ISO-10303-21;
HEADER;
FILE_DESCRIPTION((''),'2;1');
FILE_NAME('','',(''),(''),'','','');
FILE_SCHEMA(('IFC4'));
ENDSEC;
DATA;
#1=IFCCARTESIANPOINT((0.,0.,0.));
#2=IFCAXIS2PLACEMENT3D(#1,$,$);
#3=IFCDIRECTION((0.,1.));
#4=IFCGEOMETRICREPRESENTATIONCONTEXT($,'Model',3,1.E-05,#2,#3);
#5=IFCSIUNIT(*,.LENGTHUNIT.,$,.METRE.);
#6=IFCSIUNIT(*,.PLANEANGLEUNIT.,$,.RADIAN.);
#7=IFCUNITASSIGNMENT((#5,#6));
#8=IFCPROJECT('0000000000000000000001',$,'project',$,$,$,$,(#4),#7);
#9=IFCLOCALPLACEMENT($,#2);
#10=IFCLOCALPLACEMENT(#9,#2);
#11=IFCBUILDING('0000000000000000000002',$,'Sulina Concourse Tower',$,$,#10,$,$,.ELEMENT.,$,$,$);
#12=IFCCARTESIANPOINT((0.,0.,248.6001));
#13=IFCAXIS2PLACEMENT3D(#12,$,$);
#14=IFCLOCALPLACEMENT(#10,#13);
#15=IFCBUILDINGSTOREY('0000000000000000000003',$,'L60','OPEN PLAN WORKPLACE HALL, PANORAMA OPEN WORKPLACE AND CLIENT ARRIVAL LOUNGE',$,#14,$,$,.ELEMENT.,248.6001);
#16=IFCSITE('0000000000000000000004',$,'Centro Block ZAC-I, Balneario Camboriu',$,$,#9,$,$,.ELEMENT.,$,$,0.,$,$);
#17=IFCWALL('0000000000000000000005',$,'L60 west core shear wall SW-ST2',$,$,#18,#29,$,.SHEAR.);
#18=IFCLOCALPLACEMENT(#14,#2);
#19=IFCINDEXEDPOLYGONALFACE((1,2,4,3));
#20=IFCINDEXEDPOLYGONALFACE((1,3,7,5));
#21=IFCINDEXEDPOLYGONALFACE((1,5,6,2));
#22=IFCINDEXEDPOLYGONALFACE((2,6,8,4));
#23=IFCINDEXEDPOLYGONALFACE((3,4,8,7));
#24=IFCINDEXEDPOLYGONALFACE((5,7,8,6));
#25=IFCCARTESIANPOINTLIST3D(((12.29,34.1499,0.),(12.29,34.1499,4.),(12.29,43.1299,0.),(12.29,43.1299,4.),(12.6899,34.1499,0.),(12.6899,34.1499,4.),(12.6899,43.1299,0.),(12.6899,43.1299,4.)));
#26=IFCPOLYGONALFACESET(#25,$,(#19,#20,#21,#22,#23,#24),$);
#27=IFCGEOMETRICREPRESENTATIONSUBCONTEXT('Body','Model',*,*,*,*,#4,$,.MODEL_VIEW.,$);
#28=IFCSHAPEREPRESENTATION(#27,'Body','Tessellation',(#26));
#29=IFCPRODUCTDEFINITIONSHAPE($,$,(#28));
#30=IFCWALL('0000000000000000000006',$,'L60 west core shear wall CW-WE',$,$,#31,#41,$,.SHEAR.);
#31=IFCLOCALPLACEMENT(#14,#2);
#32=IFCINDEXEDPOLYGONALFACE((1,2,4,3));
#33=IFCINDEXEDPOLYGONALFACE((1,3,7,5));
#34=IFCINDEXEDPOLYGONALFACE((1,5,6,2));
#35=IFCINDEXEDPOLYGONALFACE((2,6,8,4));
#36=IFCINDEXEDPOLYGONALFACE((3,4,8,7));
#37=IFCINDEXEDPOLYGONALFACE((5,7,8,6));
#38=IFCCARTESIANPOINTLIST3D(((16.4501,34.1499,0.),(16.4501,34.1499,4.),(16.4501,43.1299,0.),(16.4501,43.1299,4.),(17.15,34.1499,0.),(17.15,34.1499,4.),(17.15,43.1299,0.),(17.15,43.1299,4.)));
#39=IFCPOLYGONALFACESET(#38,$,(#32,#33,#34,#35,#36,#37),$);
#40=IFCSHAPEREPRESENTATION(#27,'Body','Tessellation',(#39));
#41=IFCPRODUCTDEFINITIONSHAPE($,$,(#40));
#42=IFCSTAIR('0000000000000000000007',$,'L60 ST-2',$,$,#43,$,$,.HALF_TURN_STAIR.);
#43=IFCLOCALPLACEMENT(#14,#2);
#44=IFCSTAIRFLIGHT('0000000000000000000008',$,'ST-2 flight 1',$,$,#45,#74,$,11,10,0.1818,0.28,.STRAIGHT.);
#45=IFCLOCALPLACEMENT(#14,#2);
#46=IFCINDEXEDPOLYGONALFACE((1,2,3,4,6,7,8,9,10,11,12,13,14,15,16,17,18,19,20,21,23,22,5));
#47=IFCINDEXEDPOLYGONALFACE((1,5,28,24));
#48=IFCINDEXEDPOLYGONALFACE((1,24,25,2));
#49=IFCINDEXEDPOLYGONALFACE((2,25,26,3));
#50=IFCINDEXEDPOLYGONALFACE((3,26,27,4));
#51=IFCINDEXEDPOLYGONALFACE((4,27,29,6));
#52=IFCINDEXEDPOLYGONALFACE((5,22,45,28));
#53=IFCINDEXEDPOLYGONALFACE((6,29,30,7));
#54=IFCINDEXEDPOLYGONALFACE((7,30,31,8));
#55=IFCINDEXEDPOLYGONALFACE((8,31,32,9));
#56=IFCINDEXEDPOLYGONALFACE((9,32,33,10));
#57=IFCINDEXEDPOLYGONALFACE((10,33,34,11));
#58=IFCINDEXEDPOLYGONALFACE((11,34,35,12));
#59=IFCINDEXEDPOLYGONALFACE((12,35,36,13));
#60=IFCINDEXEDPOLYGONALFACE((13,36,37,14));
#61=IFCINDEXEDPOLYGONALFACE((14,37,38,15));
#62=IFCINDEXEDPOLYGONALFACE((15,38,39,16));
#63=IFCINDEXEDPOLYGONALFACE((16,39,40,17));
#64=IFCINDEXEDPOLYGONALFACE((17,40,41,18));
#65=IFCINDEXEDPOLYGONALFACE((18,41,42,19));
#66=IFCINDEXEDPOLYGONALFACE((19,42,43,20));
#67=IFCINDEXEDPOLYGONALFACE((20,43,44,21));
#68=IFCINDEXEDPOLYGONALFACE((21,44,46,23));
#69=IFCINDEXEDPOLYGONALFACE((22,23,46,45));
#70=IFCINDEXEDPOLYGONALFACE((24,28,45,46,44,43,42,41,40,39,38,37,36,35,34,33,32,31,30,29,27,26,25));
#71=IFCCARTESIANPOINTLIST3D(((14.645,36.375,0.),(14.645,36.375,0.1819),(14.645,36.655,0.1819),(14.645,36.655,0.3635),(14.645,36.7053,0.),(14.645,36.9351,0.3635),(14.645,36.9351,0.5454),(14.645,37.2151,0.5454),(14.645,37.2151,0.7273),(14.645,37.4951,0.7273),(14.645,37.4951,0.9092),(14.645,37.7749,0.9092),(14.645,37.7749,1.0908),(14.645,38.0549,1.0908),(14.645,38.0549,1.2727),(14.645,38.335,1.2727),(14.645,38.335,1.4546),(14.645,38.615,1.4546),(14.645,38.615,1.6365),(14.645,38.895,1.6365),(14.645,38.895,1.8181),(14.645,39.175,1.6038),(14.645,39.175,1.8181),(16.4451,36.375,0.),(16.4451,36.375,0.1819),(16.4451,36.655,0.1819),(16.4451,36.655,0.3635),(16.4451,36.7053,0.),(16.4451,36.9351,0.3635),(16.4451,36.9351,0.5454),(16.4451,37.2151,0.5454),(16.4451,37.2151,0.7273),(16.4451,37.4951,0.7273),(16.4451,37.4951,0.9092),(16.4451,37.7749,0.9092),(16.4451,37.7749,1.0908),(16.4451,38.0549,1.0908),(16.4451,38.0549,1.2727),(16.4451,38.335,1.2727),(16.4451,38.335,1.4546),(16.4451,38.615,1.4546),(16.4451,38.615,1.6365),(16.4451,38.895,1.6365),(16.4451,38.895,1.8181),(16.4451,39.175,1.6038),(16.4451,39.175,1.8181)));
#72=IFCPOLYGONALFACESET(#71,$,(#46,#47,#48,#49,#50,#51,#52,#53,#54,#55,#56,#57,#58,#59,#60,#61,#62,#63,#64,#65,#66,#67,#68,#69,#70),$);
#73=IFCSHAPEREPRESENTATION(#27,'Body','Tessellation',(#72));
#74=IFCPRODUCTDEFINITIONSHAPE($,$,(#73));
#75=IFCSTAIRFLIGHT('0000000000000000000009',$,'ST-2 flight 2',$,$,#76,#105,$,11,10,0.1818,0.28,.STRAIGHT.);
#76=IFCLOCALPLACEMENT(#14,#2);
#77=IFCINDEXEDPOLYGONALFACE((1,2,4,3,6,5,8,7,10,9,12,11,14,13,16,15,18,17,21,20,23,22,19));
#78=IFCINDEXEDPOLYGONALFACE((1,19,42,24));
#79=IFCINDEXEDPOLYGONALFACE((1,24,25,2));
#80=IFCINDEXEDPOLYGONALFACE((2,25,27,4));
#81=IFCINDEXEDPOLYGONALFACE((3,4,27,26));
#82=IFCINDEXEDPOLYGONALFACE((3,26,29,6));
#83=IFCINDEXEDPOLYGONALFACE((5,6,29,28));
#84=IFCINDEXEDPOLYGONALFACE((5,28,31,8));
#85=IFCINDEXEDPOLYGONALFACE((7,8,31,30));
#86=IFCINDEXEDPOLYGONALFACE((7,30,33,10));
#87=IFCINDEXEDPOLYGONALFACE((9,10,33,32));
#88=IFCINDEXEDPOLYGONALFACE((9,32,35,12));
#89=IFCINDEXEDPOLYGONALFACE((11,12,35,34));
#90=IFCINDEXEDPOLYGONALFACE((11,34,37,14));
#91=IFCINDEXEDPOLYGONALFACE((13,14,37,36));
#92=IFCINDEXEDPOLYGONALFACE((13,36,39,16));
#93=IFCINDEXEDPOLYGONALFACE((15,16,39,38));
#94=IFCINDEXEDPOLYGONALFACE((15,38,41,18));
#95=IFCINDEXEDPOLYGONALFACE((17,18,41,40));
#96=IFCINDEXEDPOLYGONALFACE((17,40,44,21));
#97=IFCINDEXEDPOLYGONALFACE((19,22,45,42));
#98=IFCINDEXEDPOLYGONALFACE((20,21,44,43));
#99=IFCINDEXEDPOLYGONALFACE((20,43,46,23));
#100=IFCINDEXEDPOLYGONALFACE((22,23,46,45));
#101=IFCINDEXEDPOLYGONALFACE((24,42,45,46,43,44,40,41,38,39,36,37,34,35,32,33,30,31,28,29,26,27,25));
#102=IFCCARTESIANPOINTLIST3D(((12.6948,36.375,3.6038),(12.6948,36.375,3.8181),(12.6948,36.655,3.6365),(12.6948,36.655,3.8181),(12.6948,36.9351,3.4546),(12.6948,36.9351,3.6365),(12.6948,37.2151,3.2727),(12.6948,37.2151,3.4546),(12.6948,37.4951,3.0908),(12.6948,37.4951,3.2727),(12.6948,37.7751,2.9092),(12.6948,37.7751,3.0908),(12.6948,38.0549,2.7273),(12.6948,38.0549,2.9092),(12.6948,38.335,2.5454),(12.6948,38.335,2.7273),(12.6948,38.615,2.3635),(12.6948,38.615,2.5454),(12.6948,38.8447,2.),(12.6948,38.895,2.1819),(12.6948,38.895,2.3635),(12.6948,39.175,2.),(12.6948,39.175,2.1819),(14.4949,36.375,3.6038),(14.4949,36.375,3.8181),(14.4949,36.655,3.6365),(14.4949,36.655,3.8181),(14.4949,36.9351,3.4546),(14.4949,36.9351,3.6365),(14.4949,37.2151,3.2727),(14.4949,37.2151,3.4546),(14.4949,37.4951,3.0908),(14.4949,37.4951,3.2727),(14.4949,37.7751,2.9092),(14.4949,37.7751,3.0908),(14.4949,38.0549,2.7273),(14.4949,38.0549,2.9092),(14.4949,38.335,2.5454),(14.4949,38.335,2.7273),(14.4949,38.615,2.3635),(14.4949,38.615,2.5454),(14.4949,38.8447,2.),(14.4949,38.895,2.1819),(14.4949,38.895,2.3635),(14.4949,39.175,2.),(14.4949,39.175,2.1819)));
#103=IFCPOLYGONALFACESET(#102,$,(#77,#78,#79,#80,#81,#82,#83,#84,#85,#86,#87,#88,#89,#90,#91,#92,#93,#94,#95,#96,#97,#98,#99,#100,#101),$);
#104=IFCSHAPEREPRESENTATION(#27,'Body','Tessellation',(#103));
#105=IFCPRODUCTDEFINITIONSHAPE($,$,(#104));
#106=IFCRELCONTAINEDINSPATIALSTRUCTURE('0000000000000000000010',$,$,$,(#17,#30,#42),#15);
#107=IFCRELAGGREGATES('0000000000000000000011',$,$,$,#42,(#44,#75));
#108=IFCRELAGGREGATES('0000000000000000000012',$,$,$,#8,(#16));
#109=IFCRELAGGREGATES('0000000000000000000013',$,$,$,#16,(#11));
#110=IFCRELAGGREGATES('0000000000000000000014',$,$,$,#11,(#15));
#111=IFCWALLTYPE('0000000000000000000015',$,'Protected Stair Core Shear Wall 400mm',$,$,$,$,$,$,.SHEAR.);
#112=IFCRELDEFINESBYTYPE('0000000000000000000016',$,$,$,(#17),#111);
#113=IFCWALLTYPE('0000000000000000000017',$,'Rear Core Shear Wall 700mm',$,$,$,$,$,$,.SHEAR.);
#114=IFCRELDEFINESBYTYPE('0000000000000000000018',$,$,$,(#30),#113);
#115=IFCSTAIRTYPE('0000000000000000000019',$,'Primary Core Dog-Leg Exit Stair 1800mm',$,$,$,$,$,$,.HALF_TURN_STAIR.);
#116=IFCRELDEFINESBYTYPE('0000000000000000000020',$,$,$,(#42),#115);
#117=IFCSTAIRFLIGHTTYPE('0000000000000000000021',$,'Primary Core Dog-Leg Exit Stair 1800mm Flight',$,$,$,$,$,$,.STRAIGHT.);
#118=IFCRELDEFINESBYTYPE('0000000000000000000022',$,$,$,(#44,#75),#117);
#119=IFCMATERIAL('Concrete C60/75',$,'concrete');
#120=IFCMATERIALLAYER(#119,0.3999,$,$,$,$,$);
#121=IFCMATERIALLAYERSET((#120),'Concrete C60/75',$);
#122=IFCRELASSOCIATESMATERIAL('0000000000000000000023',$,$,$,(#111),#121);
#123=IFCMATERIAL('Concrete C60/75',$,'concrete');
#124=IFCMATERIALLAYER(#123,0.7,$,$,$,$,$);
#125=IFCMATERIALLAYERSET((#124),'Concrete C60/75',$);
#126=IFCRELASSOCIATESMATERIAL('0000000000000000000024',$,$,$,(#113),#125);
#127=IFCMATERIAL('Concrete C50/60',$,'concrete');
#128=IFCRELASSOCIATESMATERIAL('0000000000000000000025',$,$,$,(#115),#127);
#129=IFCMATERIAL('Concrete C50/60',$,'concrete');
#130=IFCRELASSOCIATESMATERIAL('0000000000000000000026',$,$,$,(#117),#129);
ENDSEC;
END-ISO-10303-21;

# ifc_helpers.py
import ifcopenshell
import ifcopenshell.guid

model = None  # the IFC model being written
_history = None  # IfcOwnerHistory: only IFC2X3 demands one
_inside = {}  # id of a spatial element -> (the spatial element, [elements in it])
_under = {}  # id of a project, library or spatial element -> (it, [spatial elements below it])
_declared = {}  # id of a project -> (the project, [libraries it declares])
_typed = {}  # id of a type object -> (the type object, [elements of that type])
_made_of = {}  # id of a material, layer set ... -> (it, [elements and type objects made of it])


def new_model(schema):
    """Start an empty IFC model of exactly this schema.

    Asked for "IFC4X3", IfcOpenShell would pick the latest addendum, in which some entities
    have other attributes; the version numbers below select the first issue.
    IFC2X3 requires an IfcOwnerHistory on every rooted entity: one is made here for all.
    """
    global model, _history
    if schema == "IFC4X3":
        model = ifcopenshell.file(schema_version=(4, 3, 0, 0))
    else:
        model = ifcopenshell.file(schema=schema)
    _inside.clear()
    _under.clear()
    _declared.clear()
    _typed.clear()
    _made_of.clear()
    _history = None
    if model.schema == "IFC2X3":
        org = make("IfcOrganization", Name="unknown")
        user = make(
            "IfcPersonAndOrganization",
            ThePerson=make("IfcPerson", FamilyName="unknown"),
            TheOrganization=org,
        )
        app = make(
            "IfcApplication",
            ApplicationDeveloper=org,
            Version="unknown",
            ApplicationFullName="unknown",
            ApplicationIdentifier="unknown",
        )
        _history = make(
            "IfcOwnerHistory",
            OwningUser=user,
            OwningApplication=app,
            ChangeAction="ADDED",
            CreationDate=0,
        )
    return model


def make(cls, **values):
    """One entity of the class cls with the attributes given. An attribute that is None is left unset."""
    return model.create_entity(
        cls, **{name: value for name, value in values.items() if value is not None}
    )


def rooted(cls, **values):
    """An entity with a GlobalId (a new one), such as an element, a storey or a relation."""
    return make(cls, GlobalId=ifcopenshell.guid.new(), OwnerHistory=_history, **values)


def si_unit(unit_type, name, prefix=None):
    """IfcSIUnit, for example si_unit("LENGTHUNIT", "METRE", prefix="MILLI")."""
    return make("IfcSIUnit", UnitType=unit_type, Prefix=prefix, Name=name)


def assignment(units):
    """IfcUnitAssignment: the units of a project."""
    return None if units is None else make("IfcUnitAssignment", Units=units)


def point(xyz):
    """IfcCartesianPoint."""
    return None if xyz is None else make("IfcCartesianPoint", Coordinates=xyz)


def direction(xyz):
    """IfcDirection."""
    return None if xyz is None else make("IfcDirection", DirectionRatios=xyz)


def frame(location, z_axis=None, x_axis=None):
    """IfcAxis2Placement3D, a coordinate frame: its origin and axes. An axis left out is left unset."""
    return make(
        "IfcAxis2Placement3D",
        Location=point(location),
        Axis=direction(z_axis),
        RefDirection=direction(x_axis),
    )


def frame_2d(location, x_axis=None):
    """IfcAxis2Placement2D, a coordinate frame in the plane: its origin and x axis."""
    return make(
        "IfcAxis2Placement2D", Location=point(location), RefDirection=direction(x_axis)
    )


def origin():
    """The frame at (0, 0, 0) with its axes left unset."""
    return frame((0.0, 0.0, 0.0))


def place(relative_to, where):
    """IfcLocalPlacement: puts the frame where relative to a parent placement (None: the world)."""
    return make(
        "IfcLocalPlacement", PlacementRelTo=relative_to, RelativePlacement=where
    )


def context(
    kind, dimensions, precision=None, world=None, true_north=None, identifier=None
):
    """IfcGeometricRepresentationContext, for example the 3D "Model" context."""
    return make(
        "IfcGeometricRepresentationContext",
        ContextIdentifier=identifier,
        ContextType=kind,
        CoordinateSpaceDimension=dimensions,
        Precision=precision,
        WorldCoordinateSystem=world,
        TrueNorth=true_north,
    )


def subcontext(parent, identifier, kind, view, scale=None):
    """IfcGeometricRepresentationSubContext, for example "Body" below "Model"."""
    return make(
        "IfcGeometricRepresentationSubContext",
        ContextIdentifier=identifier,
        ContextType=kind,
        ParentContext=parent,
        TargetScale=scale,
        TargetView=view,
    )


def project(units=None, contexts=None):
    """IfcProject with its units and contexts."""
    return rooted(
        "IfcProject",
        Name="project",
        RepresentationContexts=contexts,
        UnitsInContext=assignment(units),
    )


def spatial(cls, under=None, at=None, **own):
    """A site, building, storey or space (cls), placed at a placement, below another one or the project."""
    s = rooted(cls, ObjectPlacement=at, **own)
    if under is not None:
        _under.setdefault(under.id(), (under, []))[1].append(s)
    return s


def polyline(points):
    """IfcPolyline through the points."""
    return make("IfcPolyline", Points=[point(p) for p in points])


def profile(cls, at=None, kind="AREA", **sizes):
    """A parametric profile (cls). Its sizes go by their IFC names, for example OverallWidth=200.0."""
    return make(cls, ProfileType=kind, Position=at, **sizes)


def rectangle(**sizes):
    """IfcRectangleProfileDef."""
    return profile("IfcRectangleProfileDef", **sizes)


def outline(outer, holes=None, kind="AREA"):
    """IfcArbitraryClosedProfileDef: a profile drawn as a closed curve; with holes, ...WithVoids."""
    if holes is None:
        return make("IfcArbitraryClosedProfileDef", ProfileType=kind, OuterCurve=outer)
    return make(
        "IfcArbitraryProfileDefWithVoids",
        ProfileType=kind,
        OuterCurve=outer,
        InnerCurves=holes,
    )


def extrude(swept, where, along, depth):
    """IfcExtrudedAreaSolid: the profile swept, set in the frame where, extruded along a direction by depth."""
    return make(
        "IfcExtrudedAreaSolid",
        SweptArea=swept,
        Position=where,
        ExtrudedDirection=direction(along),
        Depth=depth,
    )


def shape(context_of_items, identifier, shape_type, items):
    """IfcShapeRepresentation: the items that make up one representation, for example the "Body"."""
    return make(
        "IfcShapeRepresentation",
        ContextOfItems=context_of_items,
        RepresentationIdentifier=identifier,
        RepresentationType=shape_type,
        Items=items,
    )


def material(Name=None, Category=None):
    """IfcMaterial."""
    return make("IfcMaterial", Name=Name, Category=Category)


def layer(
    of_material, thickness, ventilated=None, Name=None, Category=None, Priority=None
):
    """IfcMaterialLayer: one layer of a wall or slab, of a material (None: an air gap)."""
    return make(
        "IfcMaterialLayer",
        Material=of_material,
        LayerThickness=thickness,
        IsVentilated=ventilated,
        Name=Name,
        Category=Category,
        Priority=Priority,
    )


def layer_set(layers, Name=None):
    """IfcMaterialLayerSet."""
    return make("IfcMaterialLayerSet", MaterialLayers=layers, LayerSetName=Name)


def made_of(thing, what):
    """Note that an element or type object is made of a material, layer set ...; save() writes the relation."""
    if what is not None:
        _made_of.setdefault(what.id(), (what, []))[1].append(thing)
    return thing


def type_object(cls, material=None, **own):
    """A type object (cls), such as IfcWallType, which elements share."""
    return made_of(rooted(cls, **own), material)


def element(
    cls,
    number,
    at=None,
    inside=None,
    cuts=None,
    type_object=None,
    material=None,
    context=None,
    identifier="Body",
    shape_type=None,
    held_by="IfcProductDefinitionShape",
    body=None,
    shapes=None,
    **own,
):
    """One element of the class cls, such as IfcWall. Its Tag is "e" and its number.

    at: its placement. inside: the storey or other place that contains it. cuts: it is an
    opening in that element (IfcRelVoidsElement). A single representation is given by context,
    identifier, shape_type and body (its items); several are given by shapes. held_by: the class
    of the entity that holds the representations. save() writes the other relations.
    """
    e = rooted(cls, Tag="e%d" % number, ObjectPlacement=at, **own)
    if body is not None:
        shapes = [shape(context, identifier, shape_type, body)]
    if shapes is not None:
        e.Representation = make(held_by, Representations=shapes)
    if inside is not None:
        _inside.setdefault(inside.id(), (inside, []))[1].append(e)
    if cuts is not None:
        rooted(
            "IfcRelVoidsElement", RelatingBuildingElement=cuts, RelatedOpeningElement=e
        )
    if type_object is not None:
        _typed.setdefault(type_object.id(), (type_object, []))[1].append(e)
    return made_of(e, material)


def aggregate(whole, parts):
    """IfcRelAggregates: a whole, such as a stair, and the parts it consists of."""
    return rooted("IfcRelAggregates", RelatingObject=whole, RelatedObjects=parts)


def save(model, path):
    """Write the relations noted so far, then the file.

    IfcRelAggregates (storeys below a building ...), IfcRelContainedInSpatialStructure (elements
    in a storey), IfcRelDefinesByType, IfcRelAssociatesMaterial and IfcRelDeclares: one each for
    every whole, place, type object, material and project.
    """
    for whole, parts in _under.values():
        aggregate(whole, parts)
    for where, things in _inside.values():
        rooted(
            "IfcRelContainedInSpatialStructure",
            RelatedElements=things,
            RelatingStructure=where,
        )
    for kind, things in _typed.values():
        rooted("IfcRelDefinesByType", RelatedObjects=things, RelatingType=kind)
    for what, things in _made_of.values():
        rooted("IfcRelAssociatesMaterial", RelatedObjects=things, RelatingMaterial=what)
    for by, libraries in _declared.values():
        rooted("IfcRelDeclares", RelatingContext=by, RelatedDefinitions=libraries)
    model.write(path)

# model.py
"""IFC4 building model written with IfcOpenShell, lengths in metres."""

from ifc_helpers import new_model, si_unit, direction, frame, frame_2d, origin, place, context, subcontext, project, spatial, polyline, rectangle, outline, extrude, material, layer, layer_set, type_object, element, aggregate, save


model = new_model("IFC4")

# Units and contexts
model_context = context("Model", 3, precision=1e-05, world=origin(), true_north=direction((0.0, 1.0)))
body_context = subcontext(model_context, "Body", "Model", "MODEL_VIEW")
ifc_project = project(units=[si_unit("LENGTHUNIT", "METRE"), si_unit("PLANEANGLEUNIT", "RADIAN")], contexts=[model_context])

# Site, building, storey
site_placement = place(None, origin())
site = spatial("IfcSite", under=ifc_project, at=site_placement, Name="Centro Block ZAC-I, Balneario Camboriu", CompositionType="ELEMENT", RefElevation=0.0)
building_placement = place(site_placement, origin())
building = spatial("IfcBuilding", under=site, at=building_placement, Name="Sulina Concourse Tower", CompositionType="ELEMENT")
storey_placement = place(building_placement, frame((0.0, 0.0, 248.6001)))
storey = spatial("IfcBuildingStorey", under=building, at=storey_placement, Name="L60", Description="OPEN PLAN WORKPLACE HALL, PANORAMA OPEN WORKPLACE AND CLIENT ARRIVAL LOUNGE", CompositionType="ELEMENT", Elevation=248.6001)

# Shared definitions
ifc_material_1 = material(Name="Concrete C60/75", Category="concrete")
ifc_layer_1 = layer(ifc_material_1, 0.3999)
ifc_layer_set_1 = layer_set([ifc_layer_1], Name="Concrete C60/75")
wall_type_1 = type_object("IfcWallType", Name="Protected Stair Core Shear Wall 400mm", PredefinedType="SHEAR", material=ifc_layer_set_1)

# Walls
wall_1_placement = place(storey_placement, frame((12.49, 34.1499, 0.0), z_axis=(0.0, 0.0, 1.0), x_axis=(0.0, 1.0, 0.0)))
element("IfcWall", 1, at=wall_1_placement, inside=storey, type_object=wall_type_1, Name="L60 west core shear wall SW-ST2", PredefinedType="SHEAR", context=body_context, shape_type="SweptSolid", body=[
    extrude(rectangle(XDim=8.98, YDim=0.3999, at=frame_2d((4.49, 0.0))), origin(), (0.0, 0.0, 1.0), 4.0),
])
ifc_material_2 = material(Name="Concrete C60/75", Category="concrete")
ifc_layer_2 = layer(ifc_material_2, 0.7)
ifc_layer_set_2 = layer_set([ifc_layer_2], Name="Concrete C60/75")
wall_type_2 = type_object("IfcWallType", Name="Rear Core Shear Wall 700mm", PredefinedType="SHEAR", material=ifc_layer_set_2)
wall_2_placement = place(storey_placement, frame((16.8, 34.1499, 0.0), z_axis=(0.0, 0.0, 1.0), x_axis=(0.0, 1.0, 0.0)))
element("IfcWall", 2, at=wall_2_placement, inside=storey, type_object=wall_type_2, Name="L60 west core shear wall CW-WE", PredefinedType="SHEAR", context=body_context, shape_type="SweptSolid", body=[
    extrude(rectangle(XDim=8.98, YDim=0.7, at=frame_2d((4.49, 0.0))), origin(), (0.0, 0.0, 1.0), 4.0),
])

# Stair, stair flights
ifc_material_3 = material(Name="Concrete C50/60", Category="concrete")
stair_type = type_object("IfcStairType", Name="Primary Core Dog-Leg Exit Stair 1800mm", PredefinedType="HALF_TURN_STAIR", material=ifc_material_3)
stair_placement = place(storey_placement, origin())
stair = element("IfcStair", 3, at=stair_placement, inside=storey, type_object=stair_type, Name="L60 ST-2", PredefinedType="HALF_TURN_STAIR")
ifc_material_4 = material(Name="Concrete C50/60", Category="concrete")
stair_flight_type = type_object("IfcStairFlightType", Name="Primary Core Dog-Leg Exit Stair 1800mm Flight", PredefinedType="STRAIGHT", material=ifc_material_4)
stair_flight_1_placement = place(storey_placement, frame((15.5449, 36.375, 0.0), z_axis=(0.0, 0.0, 1.0), x_axis=(0.0, 1.0, 0.0)))
stair_flight_1 = element("IfcStairFlight", 4, at=stair_flight_1_placement, type_object=stair_flight_type, Name="ST-2 flight 1", NumberOfRisers=11, NumberOfTreads=10, PredefinedType="STRAIGHT", RiserHeight=0.1818, TreadLength=0.28, context=body_context, shape_type="SweptSolid", body=[
    extrude(outline(polyline([(0.0, 0.0), (0.0, 0.1819), (0.28, 0.1819), (0.28, 0.3635), (0.5601, 0.3635), (0.5601, 0.5454), (0.8401, 0.5454), (0.8401, 0.7273), (1.1201, 0.7273), (1.1201, 0.9092), (1.3999, 0.9092), (1.3999, 1.0908), (1.6799, 1.0908), (1.6799, 1.2727), (1.96, 1.2727), (1.96, 1.4546), (2.24, 1.4546), (2.24, 1.6365), (2.52, 1.6365), (2.52, 1.8181), (2.8, 1.8181), (2.8, 2.0), (2.8, 1.6038), (0.3303, 0.0), (0.0, 0.0)])), frame((0.0, 0.8999, 0.0), z_axis=(0.0, -1.0, 0.0), x_axis=(1.0, 0.0, 0.0)), (0.0, 0.0, 1.0), 1.8),
])
stair_flight_2_placement = place(storey_placement, frame((13.595, 39.175, 2.0), z_axis=(0.0, 0.0, 1.0), x_axis=(0.0, -1.0, 0.0)))
stair_flight_2 = element("IfcStairFlight", 5, at=stair_flight_2_placement, type_object=stair_flight_type, Name="ST-2 flight 2", NumberOfRisers=11, NumberOfTreads=10, PredefinedType="STRAIGHT", RiserHeight=0.1818, TreadLength=0.28, context=body_context, shape_type="SweptSolid", body=[
    extrude(outline(polyline([(0.0, 0.0), (0.0, 0.1819), (0.28, 0.1819), (0.28, 0.3635), (0.5601, 0.3635), (0.5601, 0.5454), (0.8401, 0.5454), (0.8401, 0.7273), (1.1201, 0.7273), (1.1201, 0.9092), (1.3999, 0.9092), (1.3999, 1.0908), (1.6799, 1.0908), (1.6799, 1.2727), (1.96, 1.2727), (1.96, 1.4546), (2.24, 1.4546), (2.24, 1.6365), (2.52, 1.6365), (2.52, 1.8181), (2.8, 1.8181), (2.8, 2.0), (2.8, 1.6038), (0.3303, 0.0), (0.0, 0.0)])), frame((0.0, 0.8999, 0.0), z_axis=(0.0, -1.0, 0.0), x_axis=(1.0, 0.0, 0.0)), (0.0, 0.0, 1.0), 1.8),
])
aggregate(stair, [stair_flight_1, stair_flight_2])

save(model, "model.ifc")
